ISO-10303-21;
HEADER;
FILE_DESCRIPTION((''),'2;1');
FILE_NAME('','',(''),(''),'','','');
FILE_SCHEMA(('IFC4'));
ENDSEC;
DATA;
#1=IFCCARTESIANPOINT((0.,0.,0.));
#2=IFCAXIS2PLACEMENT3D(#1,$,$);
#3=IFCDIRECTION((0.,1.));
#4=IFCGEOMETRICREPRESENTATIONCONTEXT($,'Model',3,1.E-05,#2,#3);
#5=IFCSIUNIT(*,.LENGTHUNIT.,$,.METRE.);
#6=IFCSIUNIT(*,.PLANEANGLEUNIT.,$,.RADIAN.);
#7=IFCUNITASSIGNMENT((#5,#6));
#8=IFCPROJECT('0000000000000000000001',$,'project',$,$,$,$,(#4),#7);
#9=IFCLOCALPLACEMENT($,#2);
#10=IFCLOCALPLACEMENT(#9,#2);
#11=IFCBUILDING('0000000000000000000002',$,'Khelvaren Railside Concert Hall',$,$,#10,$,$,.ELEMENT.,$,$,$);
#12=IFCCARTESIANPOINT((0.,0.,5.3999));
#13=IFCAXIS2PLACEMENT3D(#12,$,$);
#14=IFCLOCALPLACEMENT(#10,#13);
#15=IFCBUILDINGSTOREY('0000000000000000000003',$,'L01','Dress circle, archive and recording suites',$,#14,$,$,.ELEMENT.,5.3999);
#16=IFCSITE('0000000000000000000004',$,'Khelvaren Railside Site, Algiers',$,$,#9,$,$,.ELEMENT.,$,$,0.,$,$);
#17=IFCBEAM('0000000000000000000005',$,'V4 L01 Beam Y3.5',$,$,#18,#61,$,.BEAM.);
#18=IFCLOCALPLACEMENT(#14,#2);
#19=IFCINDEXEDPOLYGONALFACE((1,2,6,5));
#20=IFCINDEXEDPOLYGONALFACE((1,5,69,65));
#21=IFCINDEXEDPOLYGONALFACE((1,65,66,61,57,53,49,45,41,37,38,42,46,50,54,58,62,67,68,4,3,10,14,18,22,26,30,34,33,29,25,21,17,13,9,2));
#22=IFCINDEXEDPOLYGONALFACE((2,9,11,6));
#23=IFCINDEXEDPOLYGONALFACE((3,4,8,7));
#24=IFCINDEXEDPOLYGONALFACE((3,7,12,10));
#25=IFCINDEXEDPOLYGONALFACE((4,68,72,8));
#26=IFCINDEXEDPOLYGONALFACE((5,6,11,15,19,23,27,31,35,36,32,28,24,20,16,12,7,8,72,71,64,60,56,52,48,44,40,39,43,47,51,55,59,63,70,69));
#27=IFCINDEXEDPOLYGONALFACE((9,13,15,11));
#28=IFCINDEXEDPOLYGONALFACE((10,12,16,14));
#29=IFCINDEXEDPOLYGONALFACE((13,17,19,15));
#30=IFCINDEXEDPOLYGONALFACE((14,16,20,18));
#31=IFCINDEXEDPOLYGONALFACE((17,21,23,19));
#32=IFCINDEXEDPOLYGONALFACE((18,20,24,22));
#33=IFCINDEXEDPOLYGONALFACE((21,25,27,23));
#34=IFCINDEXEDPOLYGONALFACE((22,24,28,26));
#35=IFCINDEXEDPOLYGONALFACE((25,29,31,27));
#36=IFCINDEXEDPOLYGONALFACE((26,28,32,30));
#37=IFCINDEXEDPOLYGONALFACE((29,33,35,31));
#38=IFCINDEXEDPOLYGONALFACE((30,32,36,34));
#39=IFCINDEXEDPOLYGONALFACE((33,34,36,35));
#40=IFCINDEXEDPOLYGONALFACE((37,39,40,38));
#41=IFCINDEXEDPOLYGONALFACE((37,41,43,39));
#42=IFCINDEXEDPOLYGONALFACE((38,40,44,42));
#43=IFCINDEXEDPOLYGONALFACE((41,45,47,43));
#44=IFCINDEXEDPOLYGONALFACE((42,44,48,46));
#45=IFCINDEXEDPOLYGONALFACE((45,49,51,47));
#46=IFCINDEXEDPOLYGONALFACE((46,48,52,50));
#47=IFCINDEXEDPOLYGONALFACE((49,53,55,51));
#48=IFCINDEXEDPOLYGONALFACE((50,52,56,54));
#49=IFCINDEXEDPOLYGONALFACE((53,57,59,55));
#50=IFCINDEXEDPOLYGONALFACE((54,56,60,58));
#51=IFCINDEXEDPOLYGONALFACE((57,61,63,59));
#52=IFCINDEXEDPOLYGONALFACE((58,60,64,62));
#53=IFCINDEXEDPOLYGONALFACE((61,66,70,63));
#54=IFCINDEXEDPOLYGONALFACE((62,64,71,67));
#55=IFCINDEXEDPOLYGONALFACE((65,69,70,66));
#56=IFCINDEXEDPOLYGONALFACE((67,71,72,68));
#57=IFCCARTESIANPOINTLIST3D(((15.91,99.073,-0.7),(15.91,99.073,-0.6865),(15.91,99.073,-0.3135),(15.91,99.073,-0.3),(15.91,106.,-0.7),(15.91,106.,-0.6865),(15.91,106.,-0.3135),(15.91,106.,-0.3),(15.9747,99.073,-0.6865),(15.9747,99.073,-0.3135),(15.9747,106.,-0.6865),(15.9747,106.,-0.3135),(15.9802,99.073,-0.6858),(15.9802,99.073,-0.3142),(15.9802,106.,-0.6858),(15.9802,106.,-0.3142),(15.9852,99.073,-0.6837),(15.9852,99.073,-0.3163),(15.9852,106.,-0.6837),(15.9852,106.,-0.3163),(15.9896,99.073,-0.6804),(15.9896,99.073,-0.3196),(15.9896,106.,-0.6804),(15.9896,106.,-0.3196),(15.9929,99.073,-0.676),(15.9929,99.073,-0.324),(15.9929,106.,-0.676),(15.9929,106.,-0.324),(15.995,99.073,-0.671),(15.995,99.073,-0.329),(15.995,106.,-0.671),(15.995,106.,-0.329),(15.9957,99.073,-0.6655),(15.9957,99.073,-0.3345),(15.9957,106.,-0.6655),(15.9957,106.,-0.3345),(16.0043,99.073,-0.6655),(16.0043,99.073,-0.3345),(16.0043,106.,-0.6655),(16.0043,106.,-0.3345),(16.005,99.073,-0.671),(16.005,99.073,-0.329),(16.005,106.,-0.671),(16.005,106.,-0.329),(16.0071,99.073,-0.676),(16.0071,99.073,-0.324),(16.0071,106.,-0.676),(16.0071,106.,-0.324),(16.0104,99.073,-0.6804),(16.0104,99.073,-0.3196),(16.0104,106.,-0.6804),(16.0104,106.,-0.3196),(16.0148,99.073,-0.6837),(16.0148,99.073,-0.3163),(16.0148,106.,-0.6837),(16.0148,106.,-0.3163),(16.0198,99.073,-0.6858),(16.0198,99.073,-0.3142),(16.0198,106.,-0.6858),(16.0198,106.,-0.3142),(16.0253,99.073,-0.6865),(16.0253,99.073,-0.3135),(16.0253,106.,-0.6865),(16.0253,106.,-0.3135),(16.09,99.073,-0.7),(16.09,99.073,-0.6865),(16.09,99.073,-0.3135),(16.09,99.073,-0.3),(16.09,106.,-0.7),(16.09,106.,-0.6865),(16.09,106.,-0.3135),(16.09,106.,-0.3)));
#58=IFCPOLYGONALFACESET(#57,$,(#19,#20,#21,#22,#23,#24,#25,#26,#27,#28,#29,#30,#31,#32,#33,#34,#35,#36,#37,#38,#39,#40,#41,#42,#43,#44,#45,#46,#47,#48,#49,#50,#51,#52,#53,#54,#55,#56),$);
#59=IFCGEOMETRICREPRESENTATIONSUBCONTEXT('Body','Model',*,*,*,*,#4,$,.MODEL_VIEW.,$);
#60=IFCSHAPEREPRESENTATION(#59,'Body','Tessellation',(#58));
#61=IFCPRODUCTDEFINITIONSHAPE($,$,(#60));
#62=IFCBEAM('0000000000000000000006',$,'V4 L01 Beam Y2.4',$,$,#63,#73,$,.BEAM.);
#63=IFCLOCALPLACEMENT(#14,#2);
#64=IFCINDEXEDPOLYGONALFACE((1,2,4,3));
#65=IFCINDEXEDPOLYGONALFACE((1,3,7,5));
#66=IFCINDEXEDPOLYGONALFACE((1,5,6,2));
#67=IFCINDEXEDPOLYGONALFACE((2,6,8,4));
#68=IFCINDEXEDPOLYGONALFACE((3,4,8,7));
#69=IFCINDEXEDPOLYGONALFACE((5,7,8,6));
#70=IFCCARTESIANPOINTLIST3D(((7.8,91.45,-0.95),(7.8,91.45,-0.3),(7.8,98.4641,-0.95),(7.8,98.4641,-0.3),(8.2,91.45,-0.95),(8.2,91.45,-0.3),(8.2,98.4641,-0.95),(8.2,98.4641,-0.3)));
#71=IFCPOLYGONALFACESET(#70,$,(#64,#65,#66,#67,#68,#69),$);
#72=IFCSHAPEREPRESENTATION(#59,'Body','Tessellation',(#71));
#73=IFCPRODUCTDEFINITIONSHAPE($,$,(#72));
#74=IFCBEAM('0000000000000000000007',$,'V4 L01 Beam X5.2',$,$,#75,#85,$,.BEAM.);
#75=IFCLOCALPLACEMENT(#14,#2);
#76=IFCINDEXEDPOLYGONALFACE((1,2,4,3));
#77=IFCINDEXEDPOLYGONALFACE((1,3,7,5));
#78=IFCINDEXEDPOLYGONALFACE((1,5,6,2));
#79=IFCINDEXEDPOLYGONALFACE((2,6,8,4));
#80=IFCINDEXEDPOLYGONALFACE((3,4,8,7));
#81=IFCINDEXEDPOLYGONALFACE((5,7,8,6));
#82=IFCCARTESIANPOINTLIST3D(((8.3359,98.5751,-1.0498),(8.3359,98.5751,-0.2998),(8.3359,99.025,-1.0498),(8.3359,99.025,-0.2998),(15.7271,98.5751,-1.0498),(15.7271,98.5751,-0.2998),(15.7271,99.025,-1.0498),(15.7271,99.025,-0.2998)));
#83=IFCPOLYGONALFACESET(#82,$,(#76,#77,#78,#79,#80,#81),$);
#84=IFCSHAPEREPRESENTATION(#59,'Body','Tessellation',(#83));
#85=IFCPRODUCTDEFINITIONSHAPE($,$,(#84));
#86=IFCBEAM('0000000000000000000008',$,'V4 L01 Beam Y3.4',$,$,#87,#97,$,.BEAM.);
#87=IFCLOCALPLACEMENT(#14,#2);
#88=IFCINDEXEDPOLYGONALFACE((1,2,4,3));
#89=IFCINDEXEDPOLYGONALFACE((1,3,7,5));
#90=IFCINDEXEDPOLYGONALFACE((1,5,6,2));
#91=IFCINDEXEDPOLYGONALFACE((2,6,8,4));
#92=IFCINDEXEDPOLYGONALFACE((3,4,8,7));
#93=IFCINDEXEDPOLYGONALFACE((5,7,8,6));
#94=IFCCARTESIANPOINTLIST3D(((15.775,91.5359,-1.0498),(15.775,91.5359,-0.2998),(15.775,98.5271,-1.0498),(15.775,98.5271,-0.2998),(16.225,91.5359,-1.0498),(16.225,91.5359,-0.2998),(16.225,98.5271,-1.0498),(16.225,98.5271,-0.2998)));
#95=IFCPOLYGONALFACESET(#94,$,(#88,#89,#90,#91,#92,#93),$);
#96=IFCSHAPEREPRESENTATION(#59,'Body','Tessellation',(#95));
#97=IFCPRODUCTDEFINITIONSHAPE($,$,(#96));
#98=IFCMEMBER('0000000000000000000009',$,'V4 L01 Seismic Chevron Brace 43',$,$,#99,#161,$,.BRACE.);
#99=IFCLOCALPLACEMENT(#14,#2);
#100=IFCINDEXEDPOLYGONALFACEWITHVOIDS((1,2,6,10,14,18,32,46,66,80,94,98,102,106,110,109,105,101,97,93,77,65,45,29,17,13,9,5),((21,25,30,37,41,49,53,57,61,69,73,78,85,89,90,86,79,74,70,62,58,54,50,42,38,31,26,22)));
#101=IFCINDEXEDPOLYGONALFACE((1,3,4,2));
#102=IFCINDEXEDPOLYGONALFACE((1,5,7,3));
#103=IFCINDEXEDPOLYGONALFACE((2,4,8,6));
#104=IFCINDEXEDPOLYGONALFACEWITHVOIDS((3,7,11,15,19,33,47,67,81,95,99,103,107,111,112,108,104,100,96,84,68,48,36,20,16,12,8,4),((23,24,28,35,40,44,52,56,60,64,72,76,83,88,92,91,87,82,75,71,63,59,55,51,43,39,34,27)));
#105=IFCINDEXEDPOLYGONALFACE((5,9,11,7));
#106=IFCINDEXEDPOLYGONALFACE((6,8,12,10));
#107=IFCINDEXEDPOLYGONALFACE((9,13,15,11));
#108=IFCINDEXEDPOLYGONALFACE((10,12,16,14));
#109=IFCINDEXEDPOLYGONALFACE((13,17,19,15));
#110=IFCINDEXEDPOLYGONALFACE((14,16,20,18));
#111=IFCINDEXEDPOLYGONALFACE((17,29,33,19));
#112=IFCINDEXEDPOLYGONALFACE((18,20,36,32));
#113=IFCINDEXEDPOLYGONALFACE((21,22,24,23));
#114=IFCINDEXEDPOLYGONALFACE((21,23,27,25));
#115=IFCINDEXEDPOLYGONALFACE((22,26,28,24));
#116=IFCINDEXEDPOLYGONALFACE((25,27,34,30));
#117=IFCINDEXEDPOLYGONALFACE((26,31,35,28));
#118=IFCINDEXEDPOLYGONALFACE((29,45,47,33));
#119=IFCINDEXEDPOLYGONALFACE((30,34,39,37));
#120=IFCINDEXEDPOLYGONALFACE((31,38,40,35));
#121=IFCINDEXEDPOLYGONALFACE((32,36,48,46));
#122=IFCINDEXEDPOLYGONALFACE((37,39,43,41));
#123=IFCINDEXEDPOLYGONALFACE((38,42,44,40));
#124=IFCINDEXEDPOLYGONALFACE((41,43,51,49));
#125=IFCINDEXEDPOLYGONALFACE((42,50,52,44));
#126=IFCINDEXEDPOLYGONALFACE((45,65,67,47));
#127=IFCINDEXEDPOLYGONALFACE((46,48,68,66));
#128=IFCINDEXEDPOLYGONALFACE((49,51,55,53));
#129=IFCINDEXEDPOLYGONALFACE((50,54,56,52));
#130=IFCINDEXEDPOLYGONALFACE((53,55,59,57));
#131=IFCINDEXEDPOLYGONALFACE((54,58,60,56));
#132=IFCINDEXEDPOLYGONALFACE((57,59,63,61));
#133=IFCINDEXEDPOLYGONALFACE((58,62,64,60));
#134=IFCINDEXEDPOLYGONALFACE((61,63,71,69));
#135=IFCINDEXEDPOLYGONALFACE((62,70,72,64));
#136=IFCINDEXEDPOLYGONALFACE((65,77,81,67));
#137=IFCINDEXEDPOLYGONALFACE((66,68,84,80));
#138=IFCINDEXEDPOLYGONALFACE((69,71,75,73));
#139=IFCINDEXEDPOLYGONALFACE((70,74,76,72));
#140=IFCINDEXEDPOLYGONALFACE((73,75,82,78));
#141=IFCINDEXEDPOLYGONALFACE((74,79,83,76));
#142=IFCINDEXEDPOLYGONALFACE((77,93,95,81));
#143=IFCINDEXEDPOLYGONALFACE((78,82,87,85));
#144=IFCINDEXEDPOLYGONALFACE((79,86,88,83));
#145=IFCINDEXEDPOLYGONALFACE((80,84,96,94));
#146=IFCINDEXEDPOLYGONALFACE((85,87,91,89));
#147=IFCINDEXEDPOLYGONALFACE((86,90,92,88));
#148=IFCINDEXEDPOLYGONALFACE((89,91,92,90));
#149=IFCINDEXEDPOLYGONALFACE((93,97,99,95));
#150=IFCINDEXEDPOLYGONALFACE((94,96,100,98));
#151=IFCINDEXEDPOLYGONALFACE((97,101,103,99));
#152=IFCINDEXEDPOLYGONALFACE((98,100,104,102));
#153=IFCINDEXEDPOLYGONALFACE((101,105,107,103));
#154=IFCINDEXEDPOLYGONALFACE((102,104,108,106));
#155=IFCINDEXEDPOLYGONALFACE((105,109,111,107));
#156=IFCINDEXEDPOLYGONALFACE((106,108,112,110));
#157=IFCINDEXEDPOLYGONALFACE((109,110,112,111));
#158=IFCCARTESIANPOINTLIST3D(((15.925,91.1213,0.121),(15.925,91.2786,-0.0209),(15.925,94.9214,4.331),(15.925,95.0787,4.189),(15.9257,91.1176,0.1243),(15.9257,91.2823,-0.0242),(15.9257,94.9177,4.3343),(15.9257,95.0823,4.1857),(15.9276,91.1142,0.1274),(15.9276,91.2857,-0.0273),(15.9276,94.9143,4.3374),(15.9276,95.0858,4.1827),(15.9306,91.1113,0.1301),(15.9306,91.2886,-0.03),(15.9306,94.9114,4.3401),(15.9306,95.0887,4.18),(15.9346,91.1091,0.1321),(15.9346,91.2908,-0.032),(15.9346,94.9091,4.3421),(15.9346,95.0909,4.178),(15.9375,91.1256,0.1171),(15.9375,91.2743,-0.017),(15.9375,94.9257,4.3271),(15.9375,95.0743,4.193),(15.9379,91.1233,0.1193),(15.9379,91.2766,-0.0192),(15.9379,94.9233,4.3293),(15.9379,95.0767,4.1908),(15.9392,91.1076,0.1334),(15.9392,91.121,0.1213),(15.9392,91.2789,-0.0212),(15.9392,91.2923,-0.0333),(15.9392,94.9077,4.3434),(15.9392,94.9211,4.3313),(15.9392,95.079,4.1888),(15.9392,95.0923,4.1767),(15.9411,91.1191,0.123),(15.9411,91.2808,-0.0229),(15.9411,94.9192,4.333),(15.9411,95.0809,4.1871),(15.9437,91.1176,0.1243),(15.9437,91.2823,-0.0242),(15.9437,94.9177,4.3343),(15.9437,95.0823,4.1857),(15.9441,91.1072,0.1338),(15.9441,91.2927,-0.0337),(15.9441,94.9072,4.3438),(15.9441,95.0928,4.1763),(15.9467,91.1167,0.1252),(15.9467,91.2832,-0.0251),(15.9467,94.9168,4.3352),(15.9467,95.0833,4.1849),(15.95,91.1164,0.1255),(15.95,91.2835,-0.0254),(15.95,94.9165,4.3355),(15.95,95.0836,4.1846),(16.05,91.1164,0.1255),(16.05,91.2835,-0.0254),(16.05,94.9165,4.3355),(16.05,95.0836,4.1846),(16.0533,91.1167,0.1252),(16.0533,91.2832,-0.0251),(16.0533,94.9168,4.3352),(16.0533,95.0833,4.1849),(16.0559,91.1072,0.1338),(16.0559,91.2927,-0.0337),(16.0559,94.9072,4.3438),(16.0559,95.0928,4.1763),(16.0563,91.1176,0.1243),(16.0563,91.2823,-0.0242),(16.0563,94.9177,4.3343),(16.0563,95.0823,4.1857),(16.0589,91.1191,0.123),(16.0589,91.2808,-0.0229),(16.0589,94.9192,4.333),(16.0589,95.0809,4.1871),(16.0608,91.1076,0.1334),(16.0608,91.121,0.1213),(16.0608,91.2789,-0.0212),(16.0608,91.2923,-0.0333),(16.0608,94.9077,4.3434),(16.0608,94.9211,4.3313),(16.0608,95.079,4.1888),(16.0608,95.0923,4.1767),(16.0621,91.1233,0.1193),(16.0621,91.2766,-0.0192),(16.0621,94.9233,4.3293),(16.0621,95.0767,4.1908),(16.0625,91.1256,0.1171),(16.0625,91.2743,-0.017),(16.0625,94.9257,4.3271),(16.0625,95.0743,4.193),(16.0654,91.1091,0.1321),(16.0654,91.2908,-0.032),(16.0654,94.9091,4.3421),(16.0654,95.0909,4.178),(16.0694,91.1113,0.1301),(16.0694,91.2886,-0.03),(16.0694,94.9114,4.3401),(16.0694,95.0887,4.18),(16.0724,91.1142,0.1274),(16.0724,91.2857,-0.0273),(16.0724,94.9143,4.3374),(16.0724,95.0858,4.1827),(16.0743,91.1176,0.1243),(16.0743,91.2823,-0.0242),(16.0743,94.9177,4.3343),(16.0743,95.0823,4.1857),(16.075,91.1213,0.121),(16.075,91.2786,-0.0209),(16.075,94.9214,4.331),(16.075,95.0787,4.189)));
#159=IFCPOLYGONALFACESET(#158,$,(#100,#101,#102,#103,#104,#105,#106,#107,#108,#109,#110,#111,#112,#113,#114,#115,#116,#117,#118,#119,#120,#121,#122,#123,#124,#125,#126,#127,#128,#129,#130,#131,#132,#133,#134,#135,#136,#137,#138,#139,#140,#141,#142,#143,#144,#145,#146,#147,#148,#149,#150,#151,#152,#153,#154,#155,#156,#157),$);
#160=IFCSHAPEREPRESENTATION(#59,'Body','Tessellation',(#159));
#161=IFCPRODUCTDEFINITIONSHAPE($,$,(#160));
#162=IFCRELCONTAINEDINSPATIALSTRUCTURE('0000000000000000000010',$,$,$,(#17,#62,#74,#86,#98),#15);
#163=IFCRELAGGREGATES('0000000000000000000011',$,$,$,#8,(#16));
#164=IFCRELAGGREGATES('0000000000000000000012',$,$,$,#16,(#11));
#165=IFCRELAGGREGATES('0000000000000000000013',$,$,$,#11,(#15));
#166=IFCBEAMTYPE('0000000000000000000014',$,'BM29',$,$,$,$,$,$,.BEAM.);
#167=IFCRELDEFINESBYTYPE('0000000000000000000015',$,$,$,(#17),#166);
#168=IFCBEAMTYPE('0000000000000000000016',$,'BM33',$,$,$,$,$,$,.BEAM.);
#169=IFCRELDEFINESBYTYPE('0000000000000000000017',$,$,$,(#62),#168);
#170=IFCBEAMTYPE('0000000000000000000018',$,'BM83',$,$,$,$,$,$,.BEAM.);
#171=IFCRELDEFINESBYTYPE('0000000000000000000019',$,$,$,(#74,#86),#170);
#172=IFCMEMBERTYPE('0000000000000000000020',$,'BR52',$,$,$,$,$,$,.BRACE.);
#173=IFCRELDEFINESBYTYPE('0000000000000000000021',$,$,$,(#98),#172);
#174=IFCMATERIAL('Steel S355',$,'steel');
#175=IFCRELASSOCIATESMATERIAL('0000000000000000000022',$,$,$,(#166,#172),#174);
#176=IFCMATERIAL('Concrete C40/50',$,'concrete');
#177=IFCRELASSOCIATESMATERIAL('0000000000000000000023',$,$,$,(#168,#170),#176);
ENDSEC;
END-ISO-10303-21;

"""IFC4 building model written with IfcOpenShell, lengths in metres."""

from ifc_helpers import new_model, si_unit, direction, frame, origin, origin_2d, place, context, subcontext, project, spatial, rectangle, hollow_rectangle, i_section, extrude, material, material_profile, profile_set, type_object, element, save


model = new_model("IFC4")

# Units and contexts
model_context = context("Model", 3, precision=1e-05, world=origin(), true_north=direction((0.0, 1.0)))
body_context = subcontext(model_context, "Body", "Model", "MODEL_VIEW")
ifc_project = project(units=[si_unit("LENGTHUNIT", "METRE"), si_unit("PLANEANGLEUNIT", "RADIAN")], contexts=[model_context])

# Site, building, storey
site_placement = place(None, origin())
site = spatial("IfcSite", under=ifc_project, at=site_placement, Name="Khelvaren Railside Site, Algiers", CompositionType="ELEMENT", RefElevation=0.0)
building_placement = place(site_placement, origin())
building = spatial("IfcBuilding", under=site, at=building_placement, Name="Khelvaren Railside Concert Hall", CompositionType="ELEMENT")
storey_placement = place(building_placement, frame((0.0, 0.0, 5.3999)))
storey = spatial("IfcBuildingStorey", under=building, at=storey_placement, Name="L01", Description="Dress circle, archive and recording suites", CompositionType="ELEMENT", Elevation=5.3999)

# Beams
ifc_material_1 = material(Name="Steel S355", Category="steel")
ifc_material_profile_1 = material_profile(ifc_material_1, i_section(OverallWidth=0.1799, OverallDepth=0.3999, WebThickness=0.0085, FlangeThickness=0.0134, FilletRadius=0.021, at=origin_2d()), Name="IPE 400")
ifc_profile_set_1 = profile_set([ifc_material_profile_1], Name="Steel S355")
beam_type_1 = type_object("IfcBeamType", Name="BM29", PredefinedType="BEAM", material=ifc_profile_set_1)
beam_1_placement = place(storey_placement, frame((16.0, 99.073, -0.5), z_axis=(0.0, 1.0, 0.0), x_axis=(-1.0, 0.0, 0.0)))
element("IfcBeam", 1, at=beam_1_placement, inside=storey, type_object=beam_type_1, Name="V4 L01 Beam Y3.5", PredefinedType="BEAM", context=body_context, shape_type="SweptSolid", body=[
    extrude(i_section(OverallWidth=0.1799, OverallDepth=0.3999, WebThickness=0.0085, FlangeThickness=0.0134, FilletRadius=0.021, at=origin_2d()), origin(), (0.0, 0.0, 1.0), 6.927),
])
ifc_material_2 = material(Name="Concrete C40/50", Category="concrete")
ifc_material_profile_2 = material_profile(ifc_material_2, rectangle(XDim=0.3999, YDim=0.6499, at=origin_2d()), Name="RCB 400x650")
ifc_profile_set_2 = profile_set([ifc_material_profile_2], Name="Concrete C40/50")
beam_type_2 = type_object("IfcBeamType", Name="BM33", PredefinedType="BEAM", material=ifc_profile_set_2)
beam_2_placement = place(storey_placement, frame((8.0, 91.45, -0.625), z_axis=(0.0, 1.0, 0.0), x_axis=(-1.0, 0.0, 0.0)))
element("IfcBeam", 2, at=beam_2_placement, inside=storey, type_object=beam_type_2, Name="V4 L01 Beam Y2.4", PredefinedType="BEAM", context=body_context, shape_type="SweptSolid", body=[
    extrude(rectangle(XDim=0.3999, YDim=0.6499, at=origin_2d()), origin(), (0.0, 0.0, 1.0), 7.0142),
])
ifc_material_profile_3 = material_profile(ifc_material_2, rectangle(XDim=0.45, YDim=0.75, at=origin_2d()), Name="RCB 450x750")
ifc_profile_set_3 = profile_set([ifc_material_profile_3], Name="Concrete C40/50")
beam_type_3 = type_object("IfcBeamType", Name="BM83", PredefinedType="BEAM", material=ifc_profile_set_3)
beam_3_placement = place(storey_placement, frame((8.3359, 98.8, -0.6748), z_axis=(1.0, 0.0, 0.0), x_axis=(0.0, 1.0, 0.0)))
element("IfcBeam", 3, at=beam_3_placement, inside=storey, type_object=beam_type_3, Name="V4 L01 Beam X5.2", PredefinedType="BEAM", context=body_context, shape_type="SweptSolid", body=[
    extrude(rectangle(XDim=0.45, YDim=0.75, at=origin_2d()), origin(), (0.0, 0.0, 1.0), 7.3911),
])
beam_4_placement = place(storey_placement, frame((16.0, 91.5359, -0.6748), z_axis=(0.0, 1.0, 0.0), x_axis=(-1.0, 0.0, 0.0)))
element("IfcBeam", 4, at=beam_4_placement, inside=storey, type_object=beam_type_3, Name="V4 L01 Beam Y3.4", PredefinedType="BEAM", context=body_context, shape_type="SweptSolid", body=[
    extrude(rectangle(XDim=0.45, YDim=0.75, at=origin_2d()), origin(), (0.0, 0.0, 1.0), 6.9912),
])

# Member
ifc_material_profile_4 = material_profile(ifc_material_1, hollow_rectangle(XDim=0.1499, YDim=0.25, WallThickness=0.0125, InnerFilletRadius=0.0125, OuterFilletRadius=0.019, at=origin_2d()), Name="RHS 250x150x12.5")
ifc_profile_set_4 = profile_set([ifc_material_profile_4], Name="Steel S355")
member_type = type_object("IfcMemberType", Name="BR52", PredefinedType="BRACE", material=ifc_profile_set_4)
for number, where, z_axis, x_axis, name in (
    (5, (16.0, 91.2, 0.05), (0.0, 0.670044, 0.742322), (-1.0, 0.0, 0.0), "V4 L01 Seismic Chevron Brace 43"),
):
    element("IfcMember", number, at=place(storey_placement, frame(where, z_axis=z_axis, x_axis=x_axis)), inside=storey, type_object=member_type, Name=name, PredefinedType="BRACE", context=body_context, shape_type="SweptSolid", body=[
        extrude(hollow_rectangle(XDim=0.1499, YDim=0.25, WallThickness=0.0125, InnerFilletRadius=0.0125, OuterFilletRadius=0.019, at=origin_2d()), origin(), (0.0, 0.0, 1.0), 5.6714),
    ])

save(model, "model.ifc")
